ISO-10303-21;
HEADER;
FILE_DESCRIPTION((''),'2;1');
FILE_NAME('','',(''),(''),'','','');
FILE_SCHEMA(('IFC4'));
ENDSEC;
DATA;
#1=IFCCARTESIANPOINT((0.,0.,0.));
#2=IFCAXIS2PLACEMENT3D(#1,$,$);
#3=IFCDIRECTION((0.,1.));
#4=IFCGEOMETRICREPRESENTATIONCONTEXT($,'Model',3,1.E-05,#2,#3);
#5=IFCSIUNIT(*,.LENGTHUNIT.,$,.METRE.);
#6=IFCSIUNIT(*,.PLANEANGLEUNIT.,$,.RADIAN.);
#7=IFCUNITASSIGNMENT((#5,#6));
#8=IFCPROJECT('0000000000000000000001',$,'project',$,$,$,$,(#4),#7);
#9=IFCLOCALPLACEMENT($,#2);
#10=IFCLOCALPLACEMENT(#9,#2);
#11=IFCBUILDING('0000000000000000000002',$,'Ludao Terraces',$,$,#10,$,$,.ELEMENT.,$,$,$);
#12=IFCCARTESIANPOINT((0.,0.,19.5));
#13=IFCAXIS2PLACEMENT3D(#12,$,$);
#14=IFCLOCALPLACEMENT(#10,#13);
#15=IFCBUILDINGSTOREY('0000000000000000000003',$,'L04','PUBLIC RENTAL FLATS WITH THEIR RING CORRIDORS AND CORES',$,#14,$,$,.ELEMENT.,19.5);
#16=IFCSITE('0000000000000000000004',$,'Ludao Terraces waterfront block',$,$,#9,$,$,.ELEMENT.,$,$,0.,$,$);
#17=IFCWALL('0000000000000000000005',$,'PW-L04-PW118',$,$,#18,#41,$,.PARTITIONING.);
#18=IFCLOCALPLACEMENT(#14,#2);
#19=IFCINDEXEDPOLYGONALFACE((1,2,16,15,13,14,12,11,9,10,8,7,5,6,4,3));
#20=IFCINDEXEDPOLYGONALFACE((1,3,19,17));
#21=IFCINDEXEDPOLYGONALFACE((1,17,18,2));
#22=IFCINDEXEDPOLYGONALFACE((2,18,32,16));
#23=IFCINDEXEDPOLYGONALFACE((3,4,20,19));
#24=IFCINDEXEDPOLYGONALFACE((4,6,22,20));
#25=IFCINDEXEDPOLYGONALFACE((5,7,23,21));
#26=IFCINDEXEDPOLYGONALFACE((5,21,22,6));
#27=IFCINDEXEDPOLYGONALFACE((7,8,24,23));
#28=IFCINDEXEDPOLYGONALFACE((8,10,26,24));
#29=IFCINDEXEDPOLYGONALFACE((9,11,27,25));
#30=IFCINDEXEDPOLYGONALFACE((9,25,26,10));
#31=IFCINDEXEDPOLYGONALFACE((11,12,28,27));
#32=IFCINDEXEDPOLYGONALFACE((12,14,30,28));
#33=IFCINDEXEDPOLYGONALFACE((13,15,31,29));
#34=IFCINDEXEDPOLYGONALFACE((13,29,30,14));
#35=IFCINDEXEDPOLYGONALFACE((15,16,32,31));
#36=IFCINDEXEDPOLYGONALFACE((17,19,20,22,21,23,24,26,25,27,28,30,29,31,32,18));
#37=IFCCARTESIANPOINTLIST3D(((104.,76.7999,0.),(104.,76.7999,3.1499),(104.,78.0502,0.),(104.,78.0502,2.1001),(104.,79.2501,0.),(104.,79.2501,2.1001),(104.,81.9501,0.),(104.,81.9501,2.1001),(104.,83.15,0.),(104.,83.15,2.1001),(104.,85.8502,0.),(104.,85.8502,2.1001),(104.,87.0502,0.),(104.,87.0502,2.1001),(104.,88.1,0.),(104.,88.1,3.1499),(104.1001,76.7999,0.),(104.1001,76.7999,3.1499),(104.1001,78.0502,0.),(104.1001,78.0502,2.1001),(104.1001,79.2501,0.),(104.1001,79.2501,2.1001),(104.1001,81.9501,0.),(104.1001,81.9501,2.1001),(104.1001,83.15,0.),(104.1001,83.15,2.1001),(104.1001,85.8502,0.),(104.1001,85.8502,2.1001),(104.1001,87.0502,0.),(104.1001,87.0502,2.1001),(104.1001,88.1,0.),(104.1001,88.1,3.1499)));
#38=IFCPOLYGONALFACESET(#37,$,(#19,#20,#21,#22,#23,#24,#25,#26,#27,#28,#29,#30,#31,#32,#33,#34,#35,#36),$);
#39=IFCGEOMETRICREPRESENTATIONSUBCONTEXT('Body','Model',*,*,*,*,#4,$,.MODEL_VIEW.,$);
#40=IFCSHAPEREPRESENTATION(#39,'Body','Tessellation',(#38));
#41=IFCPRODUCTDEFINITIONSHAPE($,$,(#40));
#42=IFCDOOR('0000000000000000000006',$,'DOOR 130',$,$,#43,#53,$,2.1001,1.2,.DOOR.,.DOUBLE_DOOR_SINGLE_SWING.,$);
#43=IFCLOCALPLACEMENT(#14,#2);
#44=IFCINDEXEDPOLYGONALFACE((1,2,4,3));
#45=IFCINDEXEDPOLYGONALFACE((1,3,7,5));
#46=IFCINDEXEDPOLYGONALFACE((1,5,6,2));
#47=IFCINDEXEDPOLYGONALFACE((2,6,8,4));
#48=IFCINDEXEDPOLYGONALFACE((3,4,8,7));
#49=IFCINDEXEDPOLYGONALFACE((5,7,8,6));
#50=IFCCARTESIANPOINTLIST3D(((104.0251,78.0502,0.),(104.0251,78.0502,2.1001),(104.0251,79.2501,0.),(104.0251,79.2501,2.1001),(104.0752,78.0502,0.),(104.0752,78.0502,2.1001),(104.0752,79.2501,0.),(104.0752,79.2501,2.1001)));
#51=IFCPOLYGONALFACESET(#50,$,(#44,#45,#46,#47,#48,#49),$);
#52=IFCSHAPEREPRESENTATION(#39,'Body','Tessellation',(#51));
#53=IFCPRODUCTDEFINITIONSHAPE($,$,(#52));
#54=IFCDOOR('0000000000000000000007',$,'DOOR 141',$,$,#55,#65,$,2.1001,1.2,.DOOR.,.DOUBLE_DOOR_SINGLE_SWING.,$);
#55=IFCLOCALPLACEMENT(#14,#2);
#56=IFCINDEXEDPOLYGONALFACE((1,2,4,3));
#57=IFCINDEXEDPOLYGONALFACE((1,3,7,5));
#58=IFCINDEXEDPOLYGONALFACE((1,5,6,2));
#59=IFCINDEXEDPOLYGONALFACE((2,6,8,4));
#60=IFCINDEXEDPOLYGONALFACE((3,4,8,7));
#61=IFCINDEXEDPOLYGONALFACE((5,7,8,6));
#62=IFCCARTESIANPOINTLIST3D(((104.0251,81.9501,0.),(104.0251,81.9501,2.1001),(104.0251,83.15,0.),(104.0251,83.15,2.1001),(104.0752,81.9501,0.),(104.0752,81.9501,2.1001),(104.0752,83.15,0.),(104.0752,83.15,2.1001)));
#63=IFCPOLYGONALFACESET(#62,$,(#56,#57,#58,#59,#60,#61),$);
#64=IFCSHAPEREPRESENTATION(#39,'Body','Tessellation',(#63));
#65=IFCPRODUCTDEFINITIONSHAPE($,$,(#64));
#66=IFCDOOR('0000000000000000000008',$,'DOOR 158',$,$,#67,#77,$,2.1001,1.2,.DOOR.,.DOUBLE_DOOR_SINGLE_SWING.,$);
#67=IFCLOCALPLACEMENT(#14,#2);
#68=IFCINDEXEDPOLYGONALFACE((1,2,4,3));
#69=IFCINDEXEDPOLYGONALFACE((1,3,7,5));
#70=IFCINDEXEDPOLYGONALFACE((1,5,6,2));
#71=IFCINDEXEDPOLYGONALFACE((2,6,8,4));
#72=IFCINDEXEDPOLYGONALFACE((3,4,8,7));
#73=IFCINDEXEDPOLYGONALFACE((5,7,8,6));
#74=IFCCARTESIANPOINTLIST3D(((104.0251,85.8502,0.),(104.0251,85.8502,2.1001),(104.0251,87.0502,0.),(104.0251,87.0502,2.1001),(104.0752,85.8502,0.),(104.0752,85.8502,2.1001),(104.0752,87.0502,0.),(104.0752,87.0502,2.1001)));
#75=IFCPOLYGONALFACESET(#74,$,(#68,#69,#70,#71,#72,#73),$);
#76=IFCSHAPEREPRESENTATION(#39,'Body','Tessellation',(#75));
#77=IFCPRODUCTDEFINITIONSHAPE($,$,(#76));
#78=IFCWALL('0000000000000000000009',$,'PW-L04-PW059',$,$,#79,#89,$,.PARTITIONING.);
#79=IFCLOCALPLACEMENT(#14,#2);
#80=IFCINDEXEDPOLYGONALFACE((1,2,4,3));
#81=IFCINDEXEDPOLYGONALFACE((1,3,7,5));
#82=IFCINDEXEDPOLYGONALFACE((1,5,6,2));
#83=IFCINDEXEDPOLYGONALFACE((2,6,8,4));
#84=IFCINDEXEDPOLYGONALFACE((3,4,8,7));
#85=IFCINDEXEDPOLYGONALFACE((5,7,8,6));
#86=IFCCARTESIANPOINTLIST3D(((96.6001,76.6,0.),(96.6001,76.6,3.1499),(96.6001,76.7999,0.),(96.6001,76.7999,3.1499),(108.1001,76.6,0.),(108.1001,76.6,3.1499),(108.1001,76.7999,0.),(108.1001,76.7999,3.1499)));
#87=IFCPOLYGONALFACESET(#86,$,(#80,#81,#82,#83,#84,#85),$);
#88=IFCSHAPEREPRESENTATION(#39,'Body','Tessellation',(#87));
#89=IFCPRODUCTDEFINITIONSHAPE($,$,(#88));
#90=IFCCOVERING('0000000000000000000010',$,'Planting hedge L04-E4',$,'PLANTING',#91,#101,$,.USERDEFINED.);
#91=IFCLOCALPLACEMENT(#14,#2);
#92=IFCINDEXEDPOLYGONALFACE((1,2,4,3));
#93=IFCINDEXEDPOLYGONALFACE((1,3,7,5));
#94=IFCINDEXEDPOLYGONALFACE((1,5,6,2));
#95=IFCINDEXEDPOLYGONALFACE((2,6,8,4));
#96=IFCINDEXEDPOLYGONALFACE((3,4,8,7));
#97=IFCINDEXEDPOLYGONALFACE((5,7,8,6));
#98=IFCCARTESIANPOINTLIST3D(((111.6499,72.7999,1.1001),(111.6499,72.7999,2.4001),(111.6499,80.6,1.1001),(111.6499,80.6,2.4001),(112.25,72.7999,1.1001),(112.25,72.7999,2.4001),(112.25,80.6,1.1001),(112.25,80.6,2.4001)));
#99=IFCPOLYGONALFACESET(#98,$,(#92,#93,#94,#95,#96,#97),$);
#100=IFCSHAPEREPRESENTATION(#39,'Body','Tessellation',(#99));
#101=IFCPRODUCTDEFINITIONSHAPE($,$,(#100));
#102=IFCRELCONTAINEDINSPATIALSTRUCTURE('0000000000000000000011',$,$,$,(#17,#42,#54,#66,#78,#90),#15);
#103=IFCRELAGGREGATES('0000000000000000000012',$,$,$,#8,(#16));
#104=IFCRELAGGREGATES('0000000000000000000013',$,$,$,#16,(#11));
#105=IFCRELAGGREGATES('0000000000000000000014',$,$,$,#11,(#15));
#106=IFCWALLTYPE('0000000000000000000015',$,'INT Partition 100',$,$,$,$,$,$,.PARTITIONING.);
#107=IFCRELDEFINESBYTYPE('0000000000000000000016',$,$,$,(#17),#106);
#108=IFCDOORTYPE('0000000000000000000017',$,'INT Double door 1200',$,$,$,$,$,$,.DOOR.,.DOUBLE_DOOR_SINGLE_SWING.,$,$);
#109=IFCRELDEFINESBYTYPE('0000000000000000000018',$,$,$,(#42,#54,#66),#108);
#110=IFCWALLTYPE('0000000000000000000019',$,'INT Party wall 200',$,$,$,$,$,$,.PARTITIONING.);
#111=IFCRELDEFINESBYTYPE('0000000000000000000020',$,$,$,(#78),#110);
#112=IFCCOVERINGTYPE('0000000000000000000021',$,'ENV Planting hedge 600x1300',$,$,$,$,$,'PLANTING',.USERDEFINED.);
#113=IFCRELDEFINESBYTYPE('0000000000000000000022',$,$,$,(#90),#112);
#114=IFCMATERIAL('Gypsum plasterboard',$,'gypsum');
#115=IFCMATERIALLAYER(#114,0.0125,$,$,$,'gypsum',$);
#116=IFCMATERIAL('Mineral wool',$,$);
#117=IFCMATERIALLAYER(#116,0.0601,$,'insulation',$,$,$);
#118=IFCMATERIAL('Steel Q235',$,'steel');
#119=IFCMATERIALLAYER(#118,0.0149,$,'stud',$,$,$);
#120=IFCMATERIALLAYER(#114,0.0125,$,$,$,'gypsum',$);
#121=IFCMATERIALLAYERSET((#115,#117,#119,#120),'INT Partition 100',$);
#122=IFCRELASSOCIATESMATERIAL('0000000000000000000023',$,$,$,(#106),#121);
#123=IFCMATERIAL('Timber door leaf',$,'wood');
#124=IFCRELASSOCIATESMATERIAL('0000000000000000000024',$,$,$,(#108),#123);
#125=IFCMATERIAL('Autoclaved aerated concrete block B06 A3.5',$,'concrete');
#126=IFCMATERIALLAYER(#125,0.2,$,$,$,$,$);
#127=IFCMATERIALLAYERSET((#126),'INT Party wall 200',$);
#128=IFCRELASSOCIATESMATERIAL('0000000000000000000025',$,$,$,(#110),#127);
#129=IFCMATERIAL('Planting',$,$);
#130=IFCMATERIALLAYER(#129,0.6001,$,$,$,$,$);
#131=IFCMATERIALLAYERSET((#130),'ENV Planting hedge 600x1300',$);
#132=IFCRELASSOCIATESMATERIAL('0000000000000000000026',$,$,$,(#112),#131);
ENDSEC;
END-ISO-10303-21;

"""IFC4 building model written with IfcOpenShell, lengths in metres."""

from ifc_helpers import new_model, si_unit, direction, frame, frame_2d, origin, origin_2d, place, context, subcontext, project, spatial, rectangle, extrude, material, layer, layer_set, type_object, element, fill, save


model = new_model("IFC4")

# Units and contexts
model_context = context("Model", 3, precision=1e-05, world=origin(), true_north=direction((0.0, 1.0)))
body_context = subcontext(model_context, "Body", "Model", "MODEL_VIEW")
ifc_project = project(units=[si_unit("LENGTHUNIT", "METRE"), si_unit("PLANEANGLEUNIT", "RADIAN")], contexts=[model_context])

# Site, building, storey
site_placement = place(None, origin())
site = spatial("IfcSite", under=ifc_project, at=site_placement, Name="Ludao Terraces waterfront block", CompositionType="ELEMENT", RefElevation=0.0)
building_placement = place(site_placement, origin())
building = spatial("IfcBuilding", under=site, at=building_placement, Name="Ludao Terraces", CompositionType="ELEMENT")
storey_placement = place(building_placement, frame((0.0, 0.0, 19.5)))
storey = spatial("IfcBuildingStorey", under=building, at=storey_placement, Name="L04", Description="PUBLIC RENTAL FLATS WITH THEIR RING CORRIDORS AND CORES", CompositionType="ELEMENT", Elevation=19.5)

# Shared definitions
ifc_material_1 = material(Name="Mineral wool")

# Shared definitions
ifc_material_2 = material(Name="Gypsum plasterboard", Category="gypsum")
ifc_layer_1 = layer(ifc_material_2, 0.0125, Category="gypsum")
ifc_layer_2 = layer(ifc_material_1, 0.0601, Name="insulation")
ifc_material_3 = material(Name="Steel Q235", Category="steel")
ifc_layer_3 = layer(ifc_material_3, 0.0149, Name="stud")
ifc_layer_4 = layer(ifc_material_2, 0.0125, Category="gypsum")
ifc_layer_set_1 = layer_set([ifc_layer_1, ifc_layer_2, ifc_layer_3, ifc_layer_4], Name="INT Partition 100")
wall_type_1 = type_object("IfcWallType", Name="INT Partition 100", PredefinedType="PARTITIONING", material=ifc_layer_set_1)

# Wall, openings, doors
wall_1_placement = place(storey_placement, frame((104.05, 76.8, 0.0), z_axis=(0.0, 0.0, 1.0), x_axis=(0.0, 1.0, 0.0)))
wall_1 = element("IfcWall", 1, at=wall_1_placement, inside=storey, type_object=wall_type_1, Name="PW-L04-PW118", PredefinedType="PARTITIONING", context=body_context, shape_type="SweptSolid", body=[
    extrude(rectangle(XDim=11.3, YDim=0.1001, at=frame_2d((5.6499, 0.0))), origin(), (0.0, 0.0, 1.0), 3.1499),
])
opening_1_placement = place(wall_1_placement, frame((1.25, 0.0, 0.0)))
opening_1 = element("IfcOpeningElement", 2, at=opening_1_placement, cuts=wall_1, PredefinedType="OPENING", context=body_context, shape_type="SweptSolid", body=[
    extrude(rectangle(XDim=1.2, YDim=2.1001, at=frame_2d((0.6001, 1.05))), frame((0.0, 0.0601, 0.0), z_axis=(0.0, -1.0, 0.0), x_axis=(1.0, 0.0, 0.0)), (0.0, 0.0, 1.0), 0.1201),
])
opening_2_placement = place(wall_1_placement, frame((5.1499, 0.0, 0.0)))
opening_2 = element("IfcOpeningElement", 3, at=opening_2_placement, cuts=wall_1, PredefinedType="OPENING", context=body_context, shape_type="SweptSolid", body=[
    extrude(rectangle(XDim=1.2, YDim=2.1001, at=frame_2d((0.6001, 1.05))), frame((0.0, 0.0601, 0.0), z_axis=(0.0, -1.0, 0.0), x_axis=(1.0, 0.0, 0.0)), (0.0, 0.0, 1.0), 0.1201),
])
opening_3_placement = place(wall_1_placement, frame((9.05, 0.0, 0.0)))
opening_3 = element("IfcOpeningElement", 4, at=opening_3_placement, cuts=wall_1, PredefinedType="OPENING", context=body_context, shape_type="SweptSolid", body=[
    extrude(rectangle(XDim=1.2, YDim=2.1001, at=frame_2d((0.6001, 1.05))), frame((0.0, 0.0601, 0.0), z_axis=(0.0, -1.0, 0.0), x_axis=(1.0, 0.0, 0.0)), (0.0, 0.0, 1.0), 0.1201),
])
ifc_material_4 = material(Name="Timber door leaf", Category="wood")
door_type_1 = type_object("IfcDoorType", Name="INT Double door 1200", OperationType="DOUBLE_DOOR_SINGLE_SWING", PredefinedType="DOOR", material=ifc_material_4)
door_1_placement = place(opening_1_placement, origin())
door_1 = element("IfcDoor", 5, at=door_1_placement, inside=storey, type_object=door_type_1, Name="DOOR 130", OperationType="DOUBLE_DOOR_SINGLE_SWING", OverallHeight=2.1001, OverallWidth=1.2, PredefinedType="DOOR", context=body_context, shape_type="SweptSolid", body=[
    extrude(rectangle(XDim=1.2, YDim=2.1001, at=frame_2d((0.6001, 1.05))), frame((0.0, 0.0249, 0.0), z_axis=(0.0, -1.0, 0.0), x_axis=(1.0, 0.0, 0.0)), (0.0, 0.0, 1.0), 0.05),
])
fill(opening_1, door_1)
door_2_placement = place(opening_2_placement, origin())
door_2 = element("IfcDoor", 6, at=door_2_placement, inside=storey, type_object=door_type_1, Name="DOOR 141", OperationType="DOUBLE_DOOR_SINGLE_SWING", OverallHeight=2.1001, OverallWidth=1.2, PredefinedType="DOOR", context=body_context, shape_type="SweptSolid", body=[
    extrude(rectangle(XDim=1.2, YDim=2.1001, at=frame_2d((0.6001, 1.05))), frame((0.0, 0.0249, 0.0), z_axis=(0.0, -1.0, 0.0), x_axis=(1.0, 0.0, 0.0)), (0.0, 0.0, 1.0), 0.05),
])
fill(opening_2, door_2)
door_3_placement = place(opening_3_placement, origin())
door_3 = element("IfcDoor", 7, at=door_3_placement, inside=storey, type_object=door_type_1, Name="DOOR 158", OperationType="DOUBLE_DOOR_SINGLE_SWING", OverallHeight=2.1001, OverallWidth=1.2, PredefinedType="DOOR", context=body_context, shape_type="SweptSolid", body=[
    extrude(rectangle(XDim=1.2, YDim=2.1001, at=frame_2d((0.6001, 1.05))), frame((0.0, 0.0249, 0.0), z_axis=(0.0, -1.0, 0.0), x_axis=(1.0, 0.0, 0.0)), (0.0, 0.0, 1.0), 0.05),
])
fill(opening_3, door_3)

# Wall
ifc_material_5 = material(Name="Autoclaved aerated concrete block B06 A3.5", Category="concrete")
ifc_layer_5 = layer(ifc_material_5, 0.2)
ifc_layer_set_2 = layer_set([ifc_layer_5], Name="INT Party wall 200")
wall_type_2 = type_object("IfcWallType", Name="INT Party wall 200", PredefinedType="PARTITIONING", material=ifc_layer_set_2)
wall_2_placement = place(storey_placement, frame((96.6001, 76.7, 0.0), z_axis=(0.0, 0.0, 1.0), x_axis=(1.0, 0.0, 0.0)))
element("IfcWall", 8, at=wall_2_placement, inside=storey, type_object=wall_type_2, Name="PW-L04-PW059", PredefinedType="PARTITIONING", context=body_context, shape_type="SweptSolid", body=[
    extrude(rectangle(XDim=11.5, YDim=0.2, at=frame_2d((5.75, 0.0))), origin(), (0.0, 0.0, 1.0), 3.1499),
])

# Covering
ifc_material_6 = material(Name="Planting")
ifc_layer_6 = layer(ifc_material_6, 0.6001)
ifc_layer_set_3 = layer_set([ifc_layer_6], Name="ENV Planting hedge 600x1300")
covering_type = type_object("IfcCoveringType", Name="ENV Planting hedge 600x1300", ElementType="PLANTING", PredefinedType="USERDEFINED", material=ifc_layer_set_3)
covering_placement = place(storey_placement, frame((111.95, 76.7, 1.1001), z_axis=(0.0, 0.0, 1.0), x_axis=(1.0, 0.0, 0.0)))
element("IfcCovering", 9, at=covering_placement, inside=storey, type_object=covering_type, Name="Planting hedge L04-E4", ObjectType="PLANTING", PredefinedType="USERDEFINED", context=body_context, shape_type="SweptSolid", body=[
    extrude(rectangle(XDim=0.6001, YDim=7.8, at=origin_2d()), origin(), (0.0, 0.0, 1.0), 1.3),
])

save(model, "model.ifc")
